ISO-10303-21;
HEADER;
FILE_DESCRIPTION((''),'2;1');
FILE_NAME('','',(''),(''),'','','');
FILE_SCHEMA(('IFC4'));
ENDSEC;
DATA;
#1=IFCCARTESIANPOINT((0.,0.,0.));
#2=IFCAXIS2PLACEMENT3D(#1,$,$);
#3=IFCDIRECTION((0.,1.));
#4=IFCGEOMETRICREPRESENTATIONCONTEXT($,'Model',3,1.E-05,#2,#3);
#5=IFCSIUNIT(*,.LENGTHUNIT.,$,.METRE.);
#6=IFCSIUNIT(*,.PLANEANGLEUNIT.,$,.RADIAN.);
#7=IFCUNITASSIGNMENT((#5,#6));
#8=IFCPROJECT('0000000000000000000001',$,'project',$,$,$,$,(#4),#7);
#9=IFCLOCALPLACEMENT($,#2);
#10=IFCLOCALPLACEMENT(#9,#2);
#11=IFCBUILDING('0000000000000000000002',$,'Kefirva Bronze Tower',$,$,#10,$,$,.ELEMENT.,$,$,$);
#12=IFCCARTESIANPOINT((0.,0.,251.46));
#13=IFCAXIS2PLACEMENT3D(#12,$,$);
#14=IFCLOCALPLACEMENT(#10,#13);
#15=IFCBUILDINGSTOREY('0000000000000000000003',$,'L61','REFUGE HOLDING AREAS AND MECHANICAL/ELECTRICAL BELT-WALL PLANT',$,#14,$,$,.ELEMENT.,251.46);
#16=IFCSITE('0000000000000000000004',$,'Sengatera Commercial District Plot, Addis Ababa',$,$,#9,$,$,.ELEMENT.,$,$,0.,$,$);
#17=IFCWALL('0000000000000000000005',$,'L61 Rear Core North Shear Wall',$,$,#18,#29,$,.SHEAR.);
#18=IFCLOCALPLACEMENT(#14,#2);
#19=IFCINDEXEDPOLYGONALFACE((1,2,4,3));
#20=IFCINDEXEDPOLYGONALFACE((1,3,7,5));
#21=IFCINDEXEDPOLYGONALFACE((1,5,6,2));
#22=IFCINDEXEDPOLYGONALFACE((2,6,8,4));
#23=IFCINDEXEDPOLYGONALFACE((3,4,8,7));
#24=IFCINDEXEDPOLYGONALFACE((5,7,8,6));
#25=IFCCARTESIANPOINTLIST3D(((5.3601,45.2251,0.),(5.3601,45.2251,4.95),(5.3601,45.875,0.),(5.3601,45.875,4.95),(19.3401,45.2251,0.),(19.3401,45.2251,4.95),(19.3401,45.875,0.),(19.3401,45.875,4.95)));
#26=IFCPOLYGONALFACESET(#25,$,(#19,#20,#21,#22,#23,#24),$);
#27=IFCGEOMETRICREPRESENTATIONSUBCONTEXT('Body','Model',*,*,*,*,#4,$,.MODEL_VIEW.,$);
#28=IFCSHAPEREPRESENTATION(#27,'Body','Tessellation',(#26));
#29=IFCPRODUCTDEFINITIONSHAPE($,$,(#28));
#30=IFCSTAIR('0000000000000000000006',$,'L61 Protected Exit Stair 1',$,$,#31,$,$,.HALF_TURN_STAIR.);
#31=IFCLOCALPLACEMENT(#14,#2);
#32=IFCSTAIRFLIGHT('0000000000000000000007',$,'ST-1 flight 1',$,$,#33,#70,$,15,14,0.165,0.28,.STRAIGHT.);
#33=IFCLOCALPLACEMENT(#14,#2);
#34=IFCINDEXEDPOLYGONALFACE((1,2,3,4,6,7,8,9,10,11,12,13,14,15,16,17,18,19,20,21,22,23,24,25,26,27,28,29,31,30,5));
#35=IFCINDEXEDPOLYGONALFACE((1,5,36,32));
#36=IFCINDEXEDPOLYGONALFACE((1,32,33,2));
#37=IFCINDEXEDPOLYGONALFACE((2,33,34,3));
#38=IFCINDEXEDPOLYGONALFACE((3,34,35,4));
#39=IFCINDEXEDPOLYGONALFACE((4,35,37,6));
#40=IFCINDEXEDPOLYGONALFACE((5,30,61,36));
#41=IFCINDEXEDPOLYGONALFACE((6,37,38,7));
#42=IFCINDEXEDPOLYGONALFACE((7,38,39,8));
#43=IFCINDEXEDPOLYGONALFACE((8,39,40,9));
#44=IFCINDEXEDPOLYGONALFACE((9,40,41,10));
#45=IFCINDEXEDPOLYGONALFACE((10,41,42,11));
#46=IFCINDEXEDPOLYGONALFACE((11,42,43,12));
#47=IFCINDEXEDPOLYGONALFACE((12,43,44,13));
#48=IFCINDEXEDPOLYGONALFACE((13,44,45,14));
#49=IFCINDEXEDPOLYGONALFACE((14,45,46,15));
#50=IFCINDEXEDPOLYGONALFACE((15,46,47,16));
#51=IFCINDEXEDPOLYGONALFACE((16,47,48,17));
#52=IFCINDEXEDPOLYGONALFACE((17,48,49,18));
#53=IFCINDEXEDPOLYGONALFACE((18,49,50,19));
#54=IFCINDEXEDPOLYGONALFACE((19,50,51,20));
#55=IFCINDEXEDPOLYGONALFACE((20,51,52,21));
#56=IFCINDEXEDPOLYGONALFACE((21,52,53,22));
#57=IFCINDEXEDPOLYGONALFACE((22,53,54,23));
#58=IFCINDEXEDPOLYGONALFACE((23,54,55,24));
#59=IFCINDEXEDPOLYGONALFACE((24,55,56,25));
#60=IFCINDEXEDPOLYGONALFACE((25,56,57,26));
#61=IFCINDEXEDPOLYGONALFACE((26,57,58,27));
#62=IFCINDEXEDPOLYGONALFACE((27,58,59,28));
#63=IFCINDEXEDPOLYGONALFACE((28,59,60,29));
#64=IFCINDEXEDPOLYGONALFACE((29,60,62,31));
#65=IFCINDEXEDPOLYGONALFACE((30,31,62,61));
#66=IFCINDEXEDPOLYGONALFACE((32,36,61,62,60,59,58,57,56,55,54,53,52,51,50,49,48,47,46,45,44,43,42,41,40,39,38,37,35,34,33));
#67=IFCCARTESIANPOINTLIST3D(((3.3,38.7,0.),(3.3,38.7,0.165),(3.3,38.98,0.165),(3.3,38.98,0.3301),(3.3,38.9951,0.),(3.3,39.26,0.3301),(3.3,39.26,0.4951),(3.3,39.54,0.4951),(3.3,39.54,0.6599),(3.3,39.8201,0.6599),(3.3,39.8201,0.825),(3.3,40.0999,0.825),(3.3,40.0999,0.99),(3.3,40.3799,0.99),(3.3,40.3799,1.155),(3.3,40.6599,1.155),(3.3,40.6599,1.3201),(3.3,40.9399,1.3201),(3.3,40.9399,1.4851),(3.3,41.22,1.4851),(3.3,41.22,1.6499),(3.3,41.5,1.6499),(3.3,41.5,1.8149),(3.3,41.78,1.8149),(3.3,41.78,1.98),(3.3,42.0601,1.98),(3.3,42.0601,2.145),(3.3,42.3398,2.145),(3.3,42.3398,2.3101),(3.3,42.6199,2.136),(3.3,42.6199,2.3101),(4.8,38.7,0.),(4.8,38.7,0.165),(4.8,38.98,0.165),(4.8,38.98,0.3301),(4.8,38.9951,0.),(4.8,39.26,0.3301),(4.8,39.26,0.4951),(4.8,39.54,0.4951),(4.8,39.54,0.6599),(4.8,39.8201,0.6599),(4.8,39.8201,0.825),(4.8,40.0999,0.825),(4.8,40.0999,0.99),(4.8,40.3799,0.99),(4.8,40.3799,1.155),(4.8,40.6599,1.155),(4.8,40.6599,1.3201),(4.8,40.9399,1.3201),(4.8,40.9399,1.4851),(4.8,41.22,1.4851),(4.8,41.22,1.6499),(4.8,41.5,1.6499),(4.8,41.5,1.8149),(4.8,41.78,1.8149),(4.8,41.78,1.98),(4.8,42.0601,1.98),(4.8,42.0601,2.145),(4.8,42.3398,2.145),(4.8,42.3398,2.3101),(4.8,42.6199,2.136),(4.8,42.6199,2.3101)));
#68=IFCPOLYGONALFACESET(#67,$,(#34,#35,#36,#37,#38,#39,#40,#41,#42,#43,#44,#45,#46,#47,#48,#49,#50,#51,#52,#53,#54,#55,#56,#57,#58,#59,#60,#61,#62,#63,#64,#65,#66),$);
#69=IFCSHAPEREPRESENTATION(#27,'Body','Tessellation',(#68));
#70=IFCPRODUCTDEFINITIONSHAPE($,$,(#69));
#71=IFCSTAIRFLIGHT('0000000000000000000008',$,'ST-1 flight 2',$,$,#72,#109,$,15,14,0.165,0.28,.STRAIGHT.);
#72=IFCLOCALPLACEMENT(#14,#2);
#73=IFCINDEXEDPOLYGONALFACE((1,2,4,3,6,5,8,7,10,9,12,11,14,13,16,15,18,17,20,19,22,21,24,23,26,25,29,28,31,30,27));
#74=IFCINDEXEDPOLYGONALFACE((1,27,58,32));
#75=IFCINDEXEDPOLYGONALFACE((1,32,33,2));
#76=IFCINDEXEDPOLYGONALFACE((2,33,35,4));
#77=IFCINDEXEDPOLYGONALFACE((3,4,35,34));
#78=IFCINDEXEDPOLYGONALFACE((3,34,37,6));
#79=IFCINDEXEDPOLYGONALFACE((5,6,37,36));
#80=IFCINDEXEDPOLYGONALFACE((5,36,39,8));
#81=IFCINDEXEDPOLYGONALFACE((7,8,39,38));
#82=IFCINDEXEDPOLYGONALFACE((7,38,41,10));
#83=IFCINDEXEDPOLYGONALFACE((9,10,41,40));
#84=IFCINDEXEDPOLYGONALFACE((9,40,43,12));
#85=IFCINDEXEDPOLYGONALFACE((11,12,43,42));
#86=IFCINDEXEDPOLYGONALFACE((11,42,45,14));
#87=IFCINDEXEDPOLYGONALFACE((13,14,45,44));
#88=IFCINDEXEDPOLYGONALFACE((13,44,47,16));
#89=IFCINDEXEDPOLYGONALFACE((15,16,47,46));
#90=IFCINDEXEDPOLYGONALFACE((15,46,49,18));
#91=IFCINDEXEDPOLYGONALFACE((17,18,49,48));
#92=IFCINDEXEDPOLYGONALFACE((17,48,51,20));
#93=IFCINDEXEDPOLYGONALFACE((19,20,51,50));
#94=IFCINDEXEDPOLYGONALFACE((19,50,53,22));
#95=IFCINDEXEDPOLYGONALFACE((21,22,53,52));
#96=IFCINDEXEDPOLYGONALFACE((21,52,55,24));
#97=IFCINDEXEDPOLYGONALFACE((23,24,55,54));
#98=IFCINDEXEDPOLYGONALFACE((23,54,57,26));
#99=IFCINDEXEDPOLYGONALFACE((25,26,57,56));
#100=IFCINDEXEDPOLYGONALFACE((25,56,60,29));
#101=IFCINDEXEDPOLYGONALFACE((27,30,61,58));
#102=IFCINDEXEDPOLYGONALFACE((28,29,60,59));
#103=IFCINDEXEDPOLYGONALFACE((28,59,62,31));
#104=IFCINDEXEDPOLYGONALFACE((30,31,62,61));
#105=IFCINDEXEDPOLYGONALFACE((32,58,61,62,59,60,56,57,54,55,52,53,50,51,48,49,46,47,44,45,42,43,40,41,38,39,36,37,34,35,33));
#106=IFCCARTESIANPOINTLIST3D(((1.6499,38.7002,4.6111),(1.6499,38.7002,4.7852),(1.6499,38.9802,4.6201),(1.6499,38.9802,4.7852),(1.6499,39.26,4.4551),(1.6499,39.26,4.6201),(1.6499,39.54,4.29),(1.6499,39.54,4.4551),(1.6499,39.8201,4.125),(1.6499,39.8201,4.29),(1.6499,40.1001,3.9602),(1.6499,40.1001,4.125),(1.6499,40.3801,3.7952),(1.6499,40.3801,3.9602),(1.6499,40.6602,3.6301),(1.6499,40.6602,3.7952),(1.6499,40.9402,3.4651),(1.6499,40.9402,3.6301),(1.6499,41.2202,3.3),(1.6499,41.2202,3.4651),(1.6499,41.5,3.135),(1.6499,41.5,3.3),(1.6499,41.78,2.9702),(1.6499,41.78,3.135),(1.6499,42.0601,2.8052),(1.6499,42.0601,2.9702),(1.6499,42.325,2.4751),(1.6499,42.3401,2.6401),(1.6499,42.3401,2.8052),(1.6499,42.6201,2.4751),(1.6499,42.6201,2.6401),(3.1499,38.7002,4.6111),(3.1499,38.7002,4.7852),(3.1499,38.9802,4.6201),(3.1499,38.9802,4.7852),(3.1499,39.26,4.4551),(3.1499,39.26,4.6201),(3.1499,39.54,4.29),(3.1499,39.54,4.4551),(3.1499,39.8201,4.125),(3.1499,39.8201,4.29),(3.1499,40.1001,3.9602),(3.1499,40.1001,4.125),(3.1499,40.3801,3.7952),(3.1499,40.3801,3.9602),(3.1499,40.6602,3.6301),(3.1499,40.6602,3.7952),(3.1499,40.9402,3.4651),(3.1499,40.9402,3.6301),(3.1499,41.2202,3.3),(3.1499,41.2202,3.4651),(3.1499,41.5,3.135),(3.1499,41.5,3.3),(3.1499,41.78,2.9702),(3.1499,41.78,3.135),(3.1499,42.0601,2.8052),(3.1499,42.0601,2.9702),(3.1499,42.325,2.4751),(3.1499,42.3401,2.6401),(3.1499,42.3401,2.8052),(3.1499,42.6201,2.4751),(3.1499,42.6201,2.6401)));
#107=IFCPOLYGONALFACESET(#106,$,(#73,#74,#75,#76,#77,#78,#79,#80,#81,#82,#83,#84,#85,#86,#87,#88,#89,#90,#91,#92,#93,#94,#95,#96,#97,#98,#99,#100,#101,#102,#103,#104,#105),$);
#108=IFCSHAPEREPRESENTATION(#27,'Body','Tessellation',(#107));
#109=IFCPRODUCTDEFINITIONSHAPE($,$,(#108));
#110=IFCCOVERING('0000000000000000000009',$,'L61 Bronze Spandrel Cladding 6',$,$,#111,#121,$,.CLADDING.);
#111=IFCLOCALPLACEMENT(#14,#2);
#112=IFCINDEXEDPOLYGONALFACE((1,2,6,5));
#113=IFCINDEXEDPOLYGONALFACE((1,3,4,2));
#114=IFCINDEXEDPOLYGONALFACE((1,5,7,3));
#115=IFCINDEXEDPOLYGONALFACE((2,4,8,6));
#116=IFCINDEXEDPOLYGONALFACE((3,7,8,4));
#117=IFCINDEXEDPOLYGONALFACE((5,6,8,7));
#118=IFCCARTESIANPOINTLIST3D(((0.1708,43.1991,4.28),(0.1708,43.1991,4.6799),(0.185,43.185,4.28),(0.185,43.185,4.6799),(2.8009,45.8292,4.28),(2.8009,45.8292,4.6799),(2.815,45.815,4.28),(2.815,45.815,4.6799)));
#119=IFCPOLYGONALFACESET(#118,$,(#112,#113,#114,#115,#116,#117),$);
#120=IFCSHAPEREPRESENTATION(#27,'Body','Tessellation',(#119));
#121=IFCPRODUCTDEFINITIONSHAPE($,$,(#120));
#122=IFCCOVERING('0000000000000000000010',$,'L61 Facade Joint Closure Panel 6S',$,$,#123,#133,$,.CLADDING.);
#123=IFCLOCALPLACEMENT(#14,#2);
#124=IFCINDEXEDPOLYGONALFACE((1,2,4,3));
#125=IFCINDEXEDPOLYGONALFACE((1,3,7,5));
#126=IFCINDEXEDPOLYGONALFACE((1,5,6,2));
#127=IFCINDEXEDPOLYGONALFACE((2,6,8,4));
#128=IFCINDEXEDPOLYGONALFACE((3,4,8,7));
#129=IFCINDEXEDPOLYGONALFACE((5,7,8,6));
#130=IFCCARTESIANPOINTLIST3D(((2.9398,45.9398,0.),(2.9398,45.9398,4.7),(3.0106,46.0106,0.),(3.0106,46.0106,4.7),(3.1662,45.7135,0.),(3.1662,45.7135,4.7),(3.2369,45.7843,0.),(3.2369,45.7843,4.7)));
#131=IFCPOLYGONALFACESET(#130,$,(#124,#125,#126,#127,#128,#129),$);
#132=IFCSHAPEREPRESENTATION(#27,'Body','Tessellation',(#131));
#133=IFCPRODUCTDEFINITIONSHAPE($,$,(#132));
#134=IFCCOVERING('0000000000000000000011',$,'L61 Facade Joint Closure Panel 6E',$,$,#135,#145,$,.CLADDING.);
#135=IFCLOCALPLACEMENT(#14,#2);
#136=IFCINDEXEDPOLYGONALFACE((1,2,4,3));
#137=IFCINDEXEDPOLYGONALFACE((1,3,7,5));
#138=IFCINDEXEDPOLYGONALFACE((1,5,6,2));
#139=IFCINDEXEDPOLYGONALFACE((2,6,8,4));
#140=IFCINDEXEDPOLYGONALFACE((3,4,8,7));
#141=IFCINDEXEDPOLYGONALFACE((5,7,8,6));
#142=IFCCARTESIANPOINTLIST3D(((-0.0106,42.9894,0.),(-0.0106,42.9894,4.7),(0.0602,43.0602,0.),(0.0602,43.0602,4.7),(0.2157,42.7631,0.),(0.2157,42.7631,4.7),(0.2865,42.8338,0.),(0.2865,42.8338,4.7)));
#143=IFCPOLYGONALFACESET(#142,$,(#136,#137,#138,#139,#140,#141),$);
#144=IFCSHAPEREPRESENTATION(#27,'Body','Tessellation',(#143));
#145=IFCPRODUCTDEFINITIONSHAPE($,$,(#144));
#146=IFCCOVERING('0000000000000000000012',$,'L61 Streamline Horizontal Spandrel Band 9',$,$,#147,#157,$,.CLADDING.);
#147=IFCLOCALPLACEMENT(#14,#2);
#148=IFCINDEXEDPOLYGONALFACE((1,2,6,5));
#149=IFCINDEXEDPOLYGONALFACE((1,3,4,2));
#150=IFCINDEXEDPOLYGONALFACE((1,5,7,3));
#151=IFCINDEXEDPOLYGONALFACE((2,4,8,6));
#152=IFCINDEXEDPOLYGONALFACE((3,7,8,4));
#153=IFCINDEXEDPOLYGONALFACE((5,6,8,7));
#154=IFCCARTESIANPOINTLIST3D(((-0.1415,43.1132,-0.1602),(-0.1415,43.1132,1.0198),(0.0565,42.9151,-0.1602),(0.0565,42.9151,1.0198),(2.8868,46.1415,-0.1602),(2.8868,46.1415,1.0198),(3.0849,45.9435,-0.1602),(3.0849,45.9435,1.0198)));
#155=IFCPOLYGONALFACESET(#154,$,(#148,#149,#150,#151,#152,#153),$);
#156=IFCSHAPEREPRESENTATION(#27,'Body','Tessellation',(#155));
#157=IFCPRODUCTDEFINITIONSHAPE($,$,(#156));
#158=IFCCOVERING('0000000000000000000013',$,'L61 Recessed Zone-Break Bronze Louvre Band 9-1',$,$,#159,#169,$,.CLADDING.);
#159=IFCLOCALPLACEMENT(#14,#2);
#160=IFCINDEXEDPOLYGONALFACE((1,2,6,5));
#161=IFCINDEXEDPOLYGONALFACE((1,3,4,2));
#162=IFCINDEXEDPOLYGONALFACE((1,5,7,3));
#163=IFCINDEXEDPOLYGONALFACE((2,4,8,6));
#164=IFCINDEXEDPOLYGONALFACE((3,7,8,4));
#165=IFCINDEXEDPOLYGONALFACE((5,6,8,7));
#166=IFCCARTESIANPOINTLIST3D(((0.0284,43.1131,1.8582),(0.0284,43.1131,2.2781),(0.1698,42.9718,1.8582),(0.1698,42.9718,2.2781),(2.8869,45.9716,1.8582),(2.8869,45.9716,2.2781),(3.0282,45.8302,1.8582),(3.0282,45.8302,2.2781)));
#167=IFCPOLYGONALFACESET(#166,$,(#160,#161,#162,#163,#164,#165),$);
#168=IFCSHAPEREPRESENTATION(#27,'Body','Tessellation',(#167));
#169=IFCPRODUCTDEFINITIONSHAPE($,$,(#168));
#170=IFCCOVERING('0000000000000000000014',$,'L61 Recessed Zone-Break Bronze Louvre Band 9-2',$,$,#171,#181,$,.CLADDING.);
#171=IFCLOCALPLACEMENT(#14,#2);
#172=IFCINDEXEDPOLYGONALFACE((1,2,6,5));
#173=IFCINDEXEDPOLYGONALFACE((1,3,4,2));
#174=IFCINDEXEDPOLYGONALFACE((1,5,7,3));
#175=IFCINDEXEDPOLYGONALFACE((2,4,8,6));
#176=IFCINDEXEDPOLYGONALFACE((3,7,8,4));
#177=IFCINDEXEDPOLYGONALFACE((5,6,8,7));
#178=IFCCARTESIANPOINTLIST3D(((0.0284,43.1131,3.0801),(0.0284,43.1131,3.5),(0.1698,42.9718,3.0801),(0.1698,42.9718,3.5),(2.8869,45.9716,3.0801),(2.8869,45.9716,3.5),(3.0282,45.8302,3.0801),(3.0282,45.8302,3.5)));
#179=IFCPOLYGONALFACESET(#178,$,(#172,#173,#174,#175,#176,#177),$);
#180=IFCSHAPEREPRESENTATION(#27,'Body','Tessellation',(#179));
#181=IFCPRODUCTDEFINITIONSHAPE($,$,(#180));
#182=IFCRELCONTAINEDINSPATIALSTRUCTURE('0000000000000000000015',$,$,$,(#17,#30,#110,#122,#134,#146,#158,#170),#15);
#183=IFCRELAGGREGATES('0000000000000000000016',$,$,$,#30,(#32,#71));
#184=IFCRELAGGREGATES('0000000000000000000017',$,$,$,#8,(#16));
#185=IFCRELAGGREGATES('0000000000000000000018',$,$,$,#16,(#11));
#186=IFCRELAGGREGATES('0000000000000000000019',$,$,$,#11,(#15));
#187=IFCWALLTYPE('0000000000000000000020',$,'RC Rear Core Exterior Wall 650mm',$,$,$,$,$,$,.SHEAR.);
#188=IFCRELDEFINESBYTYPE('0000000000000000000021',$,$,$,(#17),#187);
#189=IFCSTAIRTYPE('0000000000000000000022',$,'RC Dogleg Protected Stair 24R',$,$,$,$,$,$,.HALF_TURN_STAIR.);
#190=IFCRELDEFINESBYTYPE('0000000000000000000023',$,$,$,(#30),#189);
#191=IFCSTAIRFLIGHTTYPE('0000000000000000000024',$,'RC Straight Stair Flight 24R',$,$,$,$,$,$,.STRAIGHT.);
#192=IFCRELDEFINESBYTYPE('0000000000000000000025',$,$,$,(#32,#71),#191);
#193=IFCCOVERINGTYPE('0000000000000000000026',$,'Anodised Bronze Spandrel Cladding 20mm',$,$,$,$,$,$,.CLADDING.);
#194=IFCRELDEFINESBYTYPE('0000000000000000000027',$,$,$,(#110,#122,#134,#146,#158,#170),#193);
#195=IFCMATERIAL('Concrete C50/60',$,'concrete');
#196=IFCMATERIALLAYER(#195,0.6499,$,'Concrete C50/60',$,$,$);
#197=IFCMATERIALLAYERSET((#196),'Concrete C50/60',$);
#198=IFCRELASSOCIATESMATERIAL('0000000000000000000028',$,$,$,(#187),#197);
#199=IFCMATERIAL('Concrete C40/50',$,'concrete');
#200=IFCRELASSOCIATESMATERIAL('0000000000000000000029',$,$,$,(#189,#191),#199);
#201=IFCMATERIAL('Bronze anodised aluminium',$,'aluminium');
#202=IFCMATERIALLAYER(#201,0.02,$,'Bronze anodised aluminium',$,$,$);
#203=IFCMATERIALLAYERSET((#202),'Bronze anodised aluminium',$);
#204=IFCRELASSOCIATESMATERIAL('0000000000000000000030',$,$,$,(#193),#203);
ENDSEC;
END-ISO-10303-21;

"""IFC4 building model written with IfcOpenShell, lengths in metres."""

from ifc_helpers import new_model, si_unit, direction, frame, frame_2d, origin, origin_2d, place, context, subcontext, project, spatial, polyline, rectangle, outline, extrude, material, layer, layer_set, type_object, element, aggregate, save


model = new_model("IFC4")

# Units and contexts
model_context = context("Model", 3, precision=1e-05, world=origin(), true_north=direction((0.0, 1.0)))
body_context = subcontext(model_context, "Body", "Model", "MODEL_VIEW")
ifc_project = project(units=[si_unit("LENGTHUNIT", "METRE"), si_unit("PLANEANGLEUNIT", "RADIAN")], contexts=[model_context])

# Site, building, storey
site_placement = place(None, origin())
site = spatial("IfcSite", under=ifc_project, at=site_placement, Name="Sengatera Commercial District Plot, Addis Ababa", CompositionType="ELEMENT", RefElevation=0.0)
building_placement = place(site_placement, origin())
building = spatial("IfcBuilding", under=site, at=building_placement, Name="Kefirva Bronze Tower", CompositionType="ELEMENT")
storey_placement = place(building_placement, frame((0.0, 0.0, 251.46)))
storey = spatial("IfcBuildingStorey", under=building, at=storey_placement, Name="L61", Description="REFUGE HOLDING AREAS AND MECHANICAL/ELECTRICAL BELT-WALL PLANT", CompositionType="ELEMENT", Elevation=251.46)

# Shared definitions
ifc_material_1 = material(Name="Concrete C50/60", Category="concrete")

# Wall
ifc_layer_1 = layer(ifc_material_1, 0.6499, Name="Concrete C50/60")
ifc_layer_set_1 = layer_set([ifc_layer_1], Name="Concrete C50/60")
wall_type_1 = type_object("IfcWallType", Name="RC Rear Core Exterior Wall 650mm", PredefinedType="SHEAR", material=ifc_layer_set_1)
wall_1_placement = place(storey_placement, frame((5.3601, 45.55, 0.0), z_axis=(0.0, 0.0, 1.0), x_axis=(1.0, 0.0, 0.0)))
element("IfcWall", 1, at=wall_1_placement, inside=storey, type_object=wall_type_1, Name="L61 Rear Core North Shear Wall", PredefinedType="SHEAR", context=body_context, shape_type="SweptSolid", body=[
    extrude(rectangle(XDim=13.98, YDim=0.6499, at=frame_2d((6.99, 0.0))), origin(), (0.0, 0.0, 1.0), 4.95),
])

# Stair, stair flights
ifc_material_2 = material(Name="Concrete C40/50", Category="concrete")
stair_type = type_object("IfcStairType", Name="RC Dogleg Protected Stair 24R", PredefinedType="HALF_TURN_STAIR", material=ifc_material_2)
stair_placement = place(storey_placement, origin())
stair = element("IfcStair", 2, at=stair_placement, inside=storey, type_object=stair_type, Name="L61 Protected Exit Stair 1", PredefinedType="HALF_TURN_STAIR")
stair_flight_type = type_object("IfcStairFlightType", Name="RC Straight Stair Flight 24R", PredefinedType="STRAIGHT", material=ifc_material_2)
stair_flight_1_placement = place(storey_placement, frame((4.05, 38.7, 0.0), z_axis=(0.0, 0.0, 1.0), x_axis=(0.0, 1.0, 0.0)))
stair_flight_1 = element("IfcStairFlight", 3, at=stair_flight_1_placement, type_object=stair_flight_type, Name="ST-1 flight 1", NumberOfRisers=15, NumberOfTreads=14, PredefinedType="STRAIGHT", RiserHeight=0.165, TreadLength=0.28, context=body_context, shape_type="SweptSolid", body=[
    extrude(outline(polyline([(0.0, 0.0), (0.0, 0.165), (0.28, 0.165), (0.28, 0.3301), (0.5601, 0.3301), (0.5601, 0.4951), (0.8401, 0.4951), (0.8401, 0.6599), (1.1201, 0.6599), (1.1201, 0.825), (1.3999, 0.825), (1.3999, 0.99), (1.6799, 0.99), (1.6799, 1.155), (1.96, 1.155), (1.96, 1.3201), (2.24, 1.3201), (2.24, 1.4851), (2.52, 1.4851), (2.52, 1.6499), (2.8, 1.6499), (2.8, 1.8149), (3.0801, 1.8149), (3.0801, 1.98), (3.3601, 1.98), (3.3601, 2.145), (3.6399, 2.145), (3.6399, 2.3101), (3.9199, 2.3101), (3.9199, 2.4751), (3.9199, 2.136), (0.2952, 0.0), (0.0, 0.0)])), frame((0.0, 0.75, 0.0), z_axis=(0.0, -1.0, 0.0), x_axis=(1.0, 0.0, 0.0)), (0.0, 0.0, 1.0), 1.5),
])
stair_flight_2_placement = place(storey_placement, frame((2.3999, 42.6201, 2.4751), z_axis=(0.0, 0.0, 1.0), x_axis=(0.0, -1.0, 0.0)))
stair_flight_2 = element("IfcStairFlight", 4, at=stair_flight_2_placement, type_object=stair_flight_type, Name="ST-1 flight 2", NumberOfRisers=15, NumberOfTreads=14, PredefinedType="STRAIGHT", RiserHeight=0.165, TreadLength=0.28, context=body_context, shape_type="SweptSolid", body=[
    extrude(outline(polyline([(0.0, 0.0), (0.0, 0.165), (0.28, 0.165), (0.28, 0.3301), (0.5601, 0.3301), (0.5601, 0.4951), (0.8401, 0.4951), (0.8401, 0.6599), (1.1201, 0.6599), (1.1201, 0.825), (1.3999, 0.825), (1.3999, 0.99), (1.6799, 0.99), (1.6799, 1.155), (1.96, 1.155), (1.96, 1.3201), (2.24, 1.3201), (2.24, 1.4851), (2.52, 1.4851), (2.52, 1.6499), (2.8, 1.6499), (2.8, 1.8149), (3.0801, 1.8149), (3.0801, 1.98), (3.3601, 1.98), (3.3601, 2.145), (3.6399, 2.145), (3.6399, 2.3101), (3.9199, 2.3101), (3.9199, 2.4751), (3.9199, 2.136), (0.2952, 0.0), (0.0, 0.0)])), frame((0.0, 0.75, 0.0), z_axis=(0.0, -1.0, 0.0), x_axis=(1.0, 0.0, 0.0)), (0.0, 0.0, 1.0), 1.5),
])
aggregate(stair, [stair_flight_1, stair_flight_2])

# Coverings
ifc_material_3 = material(Name="Bronze anodised aluminium", Category="aluminium")
ifc_layer_2 = layer(ifc_material_3, 0.02, Name="Bronze anodised aluminium")
ifc_layer_set_2 = layer_set([ifc_layer_2], Name="Bronze anodised aluminium")
covering_type_1 = type_object("IfcCoveringType", Name="Anodised Bronze Spandrel Cladding 20mm", PredefinedType="CLADDING", material=ifc_layer_set_2)
covering_1_placement = place(storey_placement, frame((1.4929, 44.5071, 4.28), z_axis=(0.0, 0.0, 1.0), x_axis=(-0.707107, -0.707107, 0.0)))
element("IfcCovering", 5, at=covering_1_placement, inside=storey, type_object=covering_type_1, Name="L61 Bronze Spandrel Cladding 6", PredefinedType="CLADDING", context=body_context, shape_type="SweptSolid", body=[
    extrude(rectangle(XDim=3.7195, YDim=0.02, at=origin_2d()), origin(), (0.0, 0.0, 1.0), 0.3999),
])
for number, where, z_axis, x_axis, name in (
    (6, (3.0884, 45.8621, 0.0), (0.0, 0.0, 1.0), (-0.707107, -0.707107, 0.0), "L61 Facade Joint Closure Panel 6S"),
    (7, (0.1379, 42.9116, 0.0), (0.0, 0.0, 1.0), (-0.707107, -0.707107, 0.0), "L61 Facade Joint Closure Panel 6E"),
):
    element("IfcCovering", number, at=place(storey_placement, frame(where, z_axis=z_axis, x_axis=x_axis)), inside=storey, type_object=covering_type_1, Name=name, PredefinedType="CLADDING", context=body_context, shape_type="SweptSolid", body=[
        extrude(rectangle(XDim=0.1001, YDim=0.3201, at=origin_2d()), origin(), (0.0, 0.0, 1.0), 4.7),
    ])
covering_2_placement = place(storey_placement, frame((1.4717, 44.5283, -0.1602), z_axis=(0.0, 0.0, 1.0), x_axis=(-0.707107, -0.707107, 0.0)))
element("IfcCovering", 8, at=covering_2_placement, inside=storey, type_object=covering_type_1, Name="L61 Streamline Horizontal Spandrel Band 9", PredefinedType="CLADDING", context=body_context, shape_type="SweptSolid", body=[
    extrude(rectangle(XDim=4.2827, YDim=0.28, at=origin_2d()), origin(), (0.0, 0.0, 1.0), 1.1799),
])
for number, where, z_axis, x_axis, name in (
    (9, (1.5283, 44.4717, 1.8582), (0.0, 0.0, 1.0), (-0.707107, -0.707107, 0.0), "L61 Recessed Zone-Break Bronze Louvre Band 9-1"),
    (10, (1.5283, 44.4717, 3.0801), (0.0, 0.0, 1.0), (-0.707107, -0.707107, 0.0), "L61 Recessed Zone-Break Bronze Louvre Band 9-2"),
):
    element("IfcCovering", number, at=place(storey_placement, frame(where, z_axis=z_axis, x_axis=x_axis)), inside=storey, type_object=covering_type_1, Name=name, PredefinedType="CLADDING", context=body_context, shape_type="SweptSolid", body=[
        extrude(rectangle(XDim=4.0425, YDim=0.2, at=origin_2d()), origin(), (0.0, 0.0, 1.0), 0.4199),
    ])

save(model, "model.ifc")
